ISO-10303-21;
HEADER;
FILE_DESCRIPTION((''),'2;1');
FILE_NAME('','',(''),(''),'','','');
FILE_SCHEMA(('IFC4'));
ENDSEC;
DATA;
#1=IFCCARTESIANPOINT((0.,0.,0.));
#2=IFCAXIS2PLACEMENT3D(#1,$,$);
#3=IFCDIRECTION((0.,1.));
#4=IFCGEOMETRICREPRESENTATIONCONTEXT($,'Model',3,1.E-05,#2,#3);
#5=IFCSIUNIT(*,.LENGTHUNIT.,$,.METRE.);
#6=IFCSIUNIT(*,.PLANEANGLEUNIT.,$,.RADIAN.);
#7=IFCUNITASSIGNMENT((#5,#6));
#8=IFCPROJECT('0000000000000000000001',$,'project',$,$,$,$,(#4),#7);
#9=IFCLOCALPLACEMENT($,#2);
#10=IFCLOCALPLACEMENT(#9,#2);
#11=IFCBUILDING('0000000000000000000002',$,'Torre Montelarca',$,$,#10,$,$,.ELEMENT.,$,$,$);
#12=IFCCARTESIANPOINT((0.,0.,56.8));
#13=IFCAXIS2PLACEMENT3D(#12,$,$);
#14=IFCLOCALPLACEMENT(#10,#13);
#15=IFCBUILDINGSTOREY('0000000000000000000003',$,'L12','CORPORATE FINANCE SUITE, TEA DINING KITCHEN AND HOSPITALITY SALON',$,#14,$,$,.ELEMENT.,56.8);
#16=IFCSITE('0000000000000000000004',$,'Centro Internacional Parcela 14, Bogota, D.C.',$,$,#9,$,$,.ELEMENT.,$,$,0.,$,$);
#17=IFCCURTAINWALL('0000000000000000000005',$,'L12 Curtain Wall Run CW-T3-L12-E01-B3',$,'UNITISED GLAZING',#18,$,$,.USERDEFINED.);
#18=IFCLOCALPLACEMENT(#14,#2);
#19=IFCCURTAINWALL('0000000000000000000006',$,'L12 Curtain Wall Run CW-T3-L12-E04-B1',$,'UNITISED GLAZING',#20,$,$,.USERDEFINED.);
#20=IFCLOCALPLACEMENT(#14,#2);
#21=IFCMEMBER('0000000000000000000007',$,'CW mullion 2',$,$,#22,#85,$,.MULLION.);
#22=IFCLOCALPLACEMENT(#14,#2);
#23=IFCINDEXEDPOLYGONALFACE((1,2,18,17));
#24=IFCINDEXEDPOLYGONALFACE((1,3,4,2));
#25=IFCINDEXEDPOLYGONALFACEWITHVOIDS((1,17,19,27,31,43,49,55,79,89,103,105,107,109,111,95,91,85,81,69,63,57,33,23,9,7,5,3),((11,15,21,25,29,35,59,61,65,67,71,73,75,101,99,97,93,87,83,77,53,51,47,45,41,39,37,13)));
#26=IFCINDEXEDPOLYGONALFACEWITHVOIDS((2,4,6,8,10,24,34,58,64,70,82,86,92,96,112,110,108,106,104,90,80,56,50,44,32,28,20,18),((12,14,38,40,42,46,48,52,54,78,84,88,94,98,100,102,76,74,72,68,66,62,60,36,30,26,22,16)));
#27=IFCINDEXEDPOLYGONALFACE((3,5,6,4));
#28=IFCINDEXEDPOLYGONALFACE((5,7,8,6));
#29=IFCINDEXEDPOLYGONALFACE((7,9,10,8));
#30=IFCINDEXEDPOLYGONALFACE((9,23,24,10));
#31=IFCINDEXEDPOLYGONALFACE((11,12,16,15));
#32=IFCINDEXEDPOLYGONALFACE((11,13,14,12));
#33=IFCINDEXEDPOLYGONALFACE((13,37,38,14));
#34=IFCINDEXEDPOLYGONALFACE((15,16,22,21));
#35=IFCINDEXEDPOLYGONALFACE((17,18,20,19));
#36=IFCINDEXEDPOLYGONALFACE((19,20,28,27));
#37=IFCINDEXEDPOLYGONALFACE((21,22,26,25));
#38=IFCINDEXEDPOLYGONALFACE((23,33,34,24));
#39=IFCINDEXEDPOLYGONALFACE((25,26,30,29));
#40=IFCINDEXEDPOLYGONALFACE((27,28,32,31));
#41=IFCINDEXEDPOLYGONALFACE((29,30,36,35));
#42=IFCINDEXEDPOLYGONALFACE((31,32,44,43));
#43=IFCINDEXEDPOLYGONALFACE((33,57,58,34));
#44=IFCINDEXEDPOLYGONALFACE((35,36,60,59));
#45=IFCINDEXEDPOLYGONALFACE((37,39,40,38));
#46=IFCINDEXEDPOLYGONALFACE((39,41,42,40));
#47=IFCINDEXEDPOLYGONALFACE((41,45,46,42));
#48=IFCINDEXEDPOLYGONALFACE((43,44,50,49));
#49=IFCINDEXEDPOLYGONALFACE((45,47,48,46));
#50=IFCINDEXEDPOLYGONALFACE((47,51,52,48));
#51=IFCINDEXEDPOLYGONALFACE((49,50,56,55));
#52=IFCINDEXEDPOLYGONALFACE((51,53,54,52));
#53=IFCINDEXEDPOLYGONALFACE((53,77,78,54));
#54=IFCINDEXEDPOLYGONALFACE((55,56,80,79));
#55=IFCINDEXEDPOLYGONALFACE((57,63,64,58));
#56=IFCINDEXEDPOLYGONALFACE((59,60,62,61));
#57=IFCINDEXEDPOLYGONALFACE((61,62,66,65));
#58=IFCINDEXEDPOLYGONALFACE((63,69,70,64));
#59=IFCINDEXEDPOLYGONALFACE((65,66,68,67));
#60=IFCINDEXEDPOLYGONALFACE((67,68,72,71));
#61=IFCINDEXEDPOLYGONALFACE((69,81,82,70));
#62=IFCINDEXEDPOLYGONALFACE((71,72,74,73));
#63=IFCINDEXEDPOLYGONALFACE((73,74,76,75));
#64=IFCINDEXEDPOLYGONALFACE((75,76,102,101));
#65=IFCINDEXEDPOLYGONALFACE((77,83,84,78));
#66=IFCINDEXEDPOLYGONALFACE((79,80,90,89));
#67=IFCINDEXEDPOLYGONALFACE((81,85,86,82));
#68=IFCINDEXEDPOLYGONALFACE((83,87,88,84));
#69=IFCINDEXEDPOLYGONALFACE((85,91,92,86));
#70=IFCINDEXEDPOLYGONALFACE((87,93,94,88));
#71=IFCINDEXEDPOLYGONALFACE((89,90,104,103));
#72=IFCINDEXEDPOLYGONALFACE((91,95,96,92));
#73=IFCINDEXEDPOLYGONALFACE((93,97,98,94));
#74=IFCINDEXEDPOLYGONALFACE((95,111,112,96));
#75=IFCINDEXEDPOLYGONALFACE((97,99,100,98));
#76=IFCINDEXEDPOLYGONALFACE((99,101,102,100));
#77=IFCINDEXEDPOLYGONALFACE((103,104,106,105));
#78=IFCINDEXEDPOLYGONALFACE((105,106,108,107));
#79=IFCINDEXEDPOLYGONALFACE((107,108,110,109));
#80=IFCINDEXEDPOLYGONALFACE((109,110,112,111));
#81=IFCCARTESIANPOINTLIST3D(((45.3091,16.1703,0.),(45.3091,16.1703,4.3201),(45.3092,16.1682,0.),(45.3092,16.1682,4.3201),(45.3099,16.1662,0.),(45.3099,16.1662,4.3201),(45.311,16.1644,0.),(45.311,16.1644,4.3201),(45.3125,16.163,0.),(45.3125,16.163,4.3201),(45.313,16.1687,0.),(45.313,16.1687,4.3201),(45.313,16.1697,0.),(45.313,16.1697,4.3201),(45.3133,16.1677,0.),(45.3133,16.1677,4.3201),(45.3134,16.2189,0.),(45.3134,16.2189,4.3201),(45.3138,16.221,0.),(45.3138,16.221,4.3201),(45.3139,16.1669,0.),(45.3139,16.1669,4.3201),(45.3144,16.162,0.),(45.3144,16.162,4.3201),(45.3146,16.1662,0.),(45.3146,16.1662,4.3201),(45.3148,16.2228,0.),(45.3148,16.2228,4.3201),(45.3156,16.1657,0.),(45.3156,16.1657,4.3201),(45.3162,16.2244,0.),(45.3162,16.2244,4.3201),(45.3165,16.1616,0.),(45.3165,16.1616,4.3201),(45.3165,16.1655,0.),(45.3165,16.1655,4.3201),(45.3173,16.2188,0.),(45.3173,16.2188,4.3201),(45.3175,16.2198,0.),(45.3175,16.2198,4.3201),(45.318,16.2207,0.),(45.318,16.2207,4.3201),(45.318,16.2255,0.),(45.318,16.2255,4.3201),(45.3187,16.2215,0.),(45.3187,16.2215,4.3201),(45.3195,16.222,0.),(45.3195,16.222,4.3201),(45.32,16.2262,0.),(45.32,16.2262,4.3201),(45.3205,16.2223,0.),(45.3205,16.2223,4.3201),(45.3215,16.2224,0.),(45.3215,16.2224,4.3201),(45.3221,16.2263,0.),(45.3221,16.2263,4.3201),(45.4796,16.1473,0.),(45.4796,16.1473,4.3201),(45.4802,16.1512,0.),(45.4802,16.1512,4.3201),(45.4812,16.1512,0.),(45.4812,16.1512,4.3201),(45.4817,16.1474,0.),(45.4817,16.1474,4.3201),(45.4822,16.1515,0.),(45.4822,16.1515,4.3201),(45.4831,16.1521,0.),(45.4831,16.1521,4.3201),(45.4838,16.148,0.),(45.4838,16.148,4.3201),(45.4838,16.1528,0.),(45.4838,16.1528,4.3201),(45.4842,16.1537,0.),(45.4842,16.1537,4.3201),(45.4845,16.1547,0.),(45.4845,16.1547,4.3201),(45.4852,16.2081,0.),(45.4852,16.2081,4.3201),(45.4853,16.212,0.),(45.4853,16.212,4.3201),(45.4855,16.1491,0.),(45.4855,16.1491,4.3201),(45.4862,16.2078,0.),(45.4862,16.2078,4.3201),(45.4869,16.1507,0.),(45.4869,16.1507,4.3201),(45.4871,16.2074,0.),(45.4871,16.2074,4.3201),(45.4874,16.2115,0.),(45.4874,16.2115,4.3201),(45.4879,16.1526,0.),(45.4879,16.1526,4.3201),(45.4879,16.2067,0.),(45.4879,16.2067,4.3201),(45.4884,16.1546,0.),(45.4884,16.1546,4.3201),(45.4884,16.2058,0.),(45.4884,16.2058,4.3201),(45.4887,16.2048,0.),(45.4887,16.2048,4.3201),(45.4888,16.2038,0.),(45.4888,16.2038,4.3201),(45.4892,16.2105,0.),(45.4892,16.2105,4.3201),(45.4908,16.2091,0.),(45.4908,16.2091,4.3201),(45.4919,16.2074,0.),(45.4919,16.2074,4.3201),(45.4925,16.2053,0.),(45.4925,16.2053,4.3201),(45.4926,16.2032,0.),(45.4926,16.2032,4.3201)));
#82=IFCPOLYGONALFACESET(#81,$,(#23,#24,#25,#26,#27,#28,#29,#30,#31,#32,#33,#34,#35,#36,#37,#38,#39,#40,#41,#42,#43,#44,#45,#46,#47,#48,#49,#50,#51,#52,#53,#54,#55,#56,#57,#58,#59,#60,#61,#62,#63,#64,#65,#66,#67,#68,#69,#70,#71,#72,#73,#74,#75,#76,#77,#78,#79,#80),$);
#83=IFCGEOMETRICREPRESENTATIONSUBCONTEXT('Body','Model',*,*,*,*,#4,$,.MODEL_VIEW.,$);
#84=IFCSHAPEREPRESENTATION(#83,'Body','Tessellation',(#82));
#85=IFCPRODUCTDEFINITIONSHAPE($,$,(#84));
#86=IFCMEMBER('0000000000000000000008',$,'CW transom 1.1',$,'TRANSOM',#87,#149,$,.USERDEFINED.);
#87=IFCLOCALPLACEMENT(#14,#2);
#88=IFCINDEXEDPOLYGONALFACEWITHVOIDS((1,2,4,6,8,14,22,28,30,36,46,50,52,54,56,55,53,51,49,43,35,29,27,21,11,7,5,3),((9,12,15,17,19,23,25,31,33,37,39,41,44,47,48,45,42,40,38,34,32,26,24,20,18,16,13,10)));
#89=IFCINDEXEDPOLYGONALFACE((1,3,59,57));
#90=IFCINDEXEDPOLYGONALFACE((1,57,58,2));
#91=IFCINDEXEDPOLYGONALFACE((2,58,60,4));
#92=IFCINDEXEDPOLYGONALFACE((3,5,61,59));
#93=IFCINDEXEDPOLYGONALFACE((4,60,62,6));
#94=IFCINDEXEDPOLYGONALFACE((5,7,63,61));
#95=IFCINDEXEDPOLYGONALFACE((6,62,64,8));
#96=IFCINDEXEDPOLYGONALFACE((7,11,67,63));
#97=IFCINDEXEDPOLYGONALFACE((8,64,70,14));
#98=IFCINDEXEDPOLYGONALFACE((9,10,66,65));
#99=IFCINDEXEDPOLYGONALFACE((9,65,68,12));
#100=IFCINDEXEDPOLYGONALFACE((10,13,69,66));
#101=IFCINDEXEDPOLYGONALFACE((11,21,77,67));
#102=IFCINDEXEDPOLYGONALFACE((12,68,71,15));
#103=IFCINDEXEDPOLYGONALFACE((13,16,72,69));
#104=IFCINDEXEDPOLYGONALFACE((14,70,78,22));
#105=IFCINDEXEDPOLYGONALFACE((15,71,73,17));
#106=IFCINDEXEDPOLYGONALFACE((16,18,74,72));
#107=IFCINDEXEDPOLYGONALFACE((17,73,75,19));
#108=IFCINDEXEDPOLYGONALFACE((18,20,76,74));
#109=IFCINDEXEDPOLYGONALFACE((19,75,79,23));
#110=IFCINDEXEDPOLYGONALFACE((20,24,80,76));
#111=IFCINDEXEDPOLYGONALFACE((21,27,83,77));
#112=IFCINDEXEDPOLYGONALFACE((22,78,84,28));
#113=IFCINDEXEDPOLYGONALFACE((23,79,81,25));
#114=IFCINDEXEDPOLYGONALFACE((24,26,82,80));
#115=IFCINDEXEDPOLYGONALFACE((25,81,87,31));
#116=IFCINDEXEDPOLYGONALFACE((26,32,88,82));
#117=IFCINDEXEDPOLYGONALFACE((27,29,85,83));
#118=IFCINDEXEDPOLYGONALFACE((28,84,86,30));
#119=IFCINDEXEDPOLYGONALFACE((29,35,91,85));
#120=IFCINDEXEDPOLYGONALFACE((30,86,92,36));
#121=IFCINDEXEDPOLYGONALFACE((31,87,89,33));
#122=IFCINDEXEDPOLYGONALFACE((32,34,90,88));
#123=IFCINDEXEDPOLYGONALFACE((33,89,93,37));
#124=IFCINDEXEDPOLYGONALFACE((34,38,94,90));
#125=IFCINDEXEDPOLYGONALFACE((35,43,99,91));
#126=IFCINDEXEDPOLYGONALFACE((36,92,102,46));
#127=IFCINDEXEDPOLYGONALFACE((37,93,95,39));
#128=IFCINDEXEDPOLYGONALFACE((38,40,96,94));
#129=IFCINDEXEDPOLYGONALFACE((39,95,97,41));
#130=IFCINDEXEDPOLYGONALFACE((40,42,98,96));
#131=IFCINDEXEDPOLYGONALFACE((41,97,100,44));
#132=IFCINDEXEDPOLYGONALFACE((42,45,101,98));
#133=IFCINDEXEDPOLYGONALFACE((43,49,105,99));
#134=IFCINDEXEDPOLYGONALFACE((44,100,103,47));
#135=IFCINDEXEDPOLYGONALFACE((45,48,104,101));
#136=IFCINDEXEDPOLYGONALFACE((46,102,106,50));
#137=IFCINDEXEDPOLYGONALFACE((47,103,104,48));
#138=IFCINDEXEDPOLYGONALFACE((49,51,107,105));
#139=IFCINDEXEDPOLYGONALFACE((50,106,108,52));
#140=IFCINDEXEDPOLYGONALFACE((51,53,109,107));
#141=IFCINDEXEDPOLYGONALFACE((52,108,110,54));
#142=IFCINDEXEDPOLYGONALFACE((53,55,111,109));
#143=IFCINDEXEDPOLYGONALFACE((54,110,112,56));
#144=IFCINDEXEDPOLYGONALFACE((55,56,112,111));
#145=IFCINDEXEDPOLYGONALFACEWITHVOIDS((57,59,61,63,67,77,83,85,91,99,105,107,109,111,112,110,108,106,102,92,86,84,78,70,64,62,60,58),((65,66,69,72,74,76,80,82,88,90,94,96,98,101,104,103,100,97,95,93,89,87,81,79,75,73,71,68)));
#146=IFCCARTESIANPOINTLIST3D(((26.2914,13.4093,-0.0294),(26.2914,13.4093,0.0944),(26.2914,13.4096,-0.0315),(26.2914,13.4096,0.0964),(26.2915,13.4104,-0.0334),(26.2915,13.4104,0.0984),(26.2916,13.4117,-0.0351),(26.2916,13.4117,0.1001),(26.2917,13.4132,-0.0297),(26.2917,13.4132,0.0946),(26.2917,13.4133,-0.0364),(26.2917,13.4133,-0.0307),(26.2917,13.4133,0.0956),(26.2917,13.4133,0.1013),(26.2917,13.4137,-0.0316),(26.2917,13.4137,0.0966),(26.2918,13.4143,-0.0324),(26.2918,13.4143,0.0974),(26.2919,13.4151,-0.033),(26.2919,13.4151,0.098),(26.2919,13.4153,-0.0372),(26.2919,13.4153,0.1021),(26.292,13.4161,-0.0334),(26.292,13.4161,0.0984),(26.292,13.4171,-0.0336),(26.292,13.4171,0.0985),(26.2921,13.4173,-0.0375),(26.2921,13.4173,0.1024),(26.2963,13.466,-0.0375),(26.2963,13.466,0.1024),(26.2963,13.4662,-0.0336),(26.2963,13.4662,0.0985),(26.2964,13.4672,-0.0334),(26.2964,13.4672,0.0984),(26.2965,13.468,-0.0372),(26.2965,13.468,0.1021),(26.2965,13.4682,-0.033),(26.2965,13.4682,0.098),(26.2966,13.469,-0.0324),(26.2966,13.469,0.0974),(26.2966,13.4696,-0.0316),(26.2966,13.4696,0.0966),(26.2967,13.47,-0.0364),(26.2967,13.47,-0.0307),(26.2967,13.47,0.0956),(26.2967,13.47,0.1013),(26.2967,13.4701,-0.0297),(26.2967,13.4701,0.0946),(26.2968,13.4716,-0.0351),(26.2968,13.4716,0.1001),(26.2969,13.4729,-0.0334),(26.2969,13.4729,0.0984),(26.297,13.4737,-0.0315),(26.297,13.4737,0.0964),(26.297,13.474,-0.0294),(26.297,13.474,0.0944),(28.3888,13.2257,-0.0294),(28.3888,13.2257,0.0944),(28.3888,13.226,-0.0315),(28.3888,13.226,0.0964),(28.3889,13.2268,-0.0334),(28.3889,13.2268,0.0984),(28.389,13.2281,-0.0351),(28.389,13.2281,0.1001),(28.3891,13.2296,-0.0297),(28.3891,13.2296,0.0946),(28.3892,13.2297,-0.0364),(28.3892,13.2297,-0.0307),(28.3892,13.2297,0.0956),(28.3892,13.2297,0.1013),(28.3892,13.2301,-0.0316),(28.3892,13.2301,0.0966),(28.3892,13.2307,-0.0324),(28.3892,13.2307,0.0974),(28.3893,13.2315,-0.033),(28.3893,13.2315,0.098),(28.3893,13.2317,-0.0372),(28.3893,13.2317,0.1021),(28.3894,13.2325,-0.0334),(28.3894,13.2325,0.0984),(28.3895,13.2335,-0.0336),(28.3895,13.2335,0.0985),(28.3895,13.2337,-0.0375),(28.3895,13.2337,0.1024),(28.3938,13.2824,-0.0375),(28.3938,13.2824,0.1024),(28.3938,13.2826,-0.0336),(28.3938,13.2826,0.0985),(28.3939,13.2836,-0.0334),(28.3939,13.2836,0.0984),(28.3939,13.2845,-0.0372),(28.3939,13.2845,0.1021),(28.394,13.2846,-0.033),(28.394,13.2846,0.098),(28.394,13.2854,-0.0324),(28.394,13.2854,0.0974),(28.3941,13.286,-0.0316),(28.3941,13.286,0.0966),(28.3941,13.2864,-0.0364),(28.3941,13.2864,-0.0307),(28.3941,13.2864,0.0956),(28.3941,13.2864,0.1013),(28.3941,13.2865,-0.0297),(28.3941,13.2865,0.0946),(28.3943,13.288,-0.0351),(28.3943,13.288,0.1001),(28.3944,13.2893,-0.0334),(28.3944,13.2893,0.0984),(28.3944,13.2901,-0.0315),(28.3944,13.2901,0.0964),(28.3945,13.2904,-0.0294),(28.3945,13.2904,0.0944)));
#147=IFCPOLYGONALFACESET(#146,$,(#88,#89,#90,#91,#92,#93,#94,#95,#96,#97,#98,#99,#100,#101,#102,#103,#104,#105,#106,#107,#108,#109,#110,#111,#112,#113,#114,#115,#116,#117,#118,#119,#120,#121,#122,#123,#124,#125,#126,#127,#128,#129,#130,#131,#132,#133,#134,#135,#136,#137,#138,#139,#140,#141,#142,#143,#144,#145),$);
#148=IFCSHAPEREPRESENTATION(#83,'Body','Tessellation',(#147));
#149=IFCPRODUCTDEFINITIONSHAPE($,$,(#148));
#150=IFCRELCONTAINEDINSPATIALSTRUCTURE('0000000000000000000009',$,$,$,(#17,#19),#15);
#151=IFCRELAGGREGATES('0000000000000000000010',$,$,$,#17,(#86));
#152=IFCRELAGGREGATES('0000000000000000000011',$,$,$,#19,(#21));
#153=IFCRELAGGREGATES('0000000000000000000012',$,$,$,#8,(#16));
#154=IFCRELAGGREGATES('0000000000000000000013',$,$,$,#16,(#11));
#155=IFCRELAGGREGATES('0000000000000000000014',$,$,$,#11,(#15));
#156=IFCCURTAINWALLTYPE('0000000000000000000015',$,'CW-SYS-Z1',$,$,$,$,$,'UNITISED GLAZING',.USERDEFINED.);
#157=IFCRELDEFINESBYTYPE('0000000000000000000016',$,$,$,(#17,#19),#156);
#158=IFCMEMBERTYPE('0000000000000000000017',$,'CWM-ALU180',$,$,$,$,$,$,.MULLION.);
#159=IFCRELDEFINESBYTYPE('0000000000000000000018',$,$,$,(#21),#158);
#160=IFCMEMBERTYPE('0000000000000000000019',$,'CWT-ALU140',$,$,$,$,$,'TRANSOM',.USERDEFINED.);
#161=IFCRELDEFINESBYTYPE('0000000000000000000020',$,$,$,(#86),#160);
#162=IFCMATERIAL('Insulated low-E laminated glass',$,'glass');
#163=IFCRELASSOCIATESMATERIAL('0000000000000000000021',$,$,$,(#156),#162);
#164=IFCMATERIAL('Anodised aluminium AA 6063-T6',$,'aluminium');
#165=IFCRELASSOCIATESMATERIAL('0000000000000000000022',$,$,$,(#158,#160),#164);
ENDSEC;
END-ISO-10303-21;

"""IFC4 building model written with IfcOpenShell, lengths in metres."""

from ifc_helpers import new_model, si_unit, direction, frame, origin, origin_2d, place, context, subcontext, project, spatial, hollow_rectangle, extrude, source, transform, mapped, material, material_profile, profile_set, type_object, element, aggregate, save


model = new_model("IFC4")

# Units and contexts
model_context = context("Model", 3, precision=1e-05, world=origin(), true_north=direction((0.0, 1.0)))
body_context = subcontext(model_context, "Body", "Model", "MODEL_VIEW")
ifc_project = project(units=[si_unit("LENGTHUNIT", "METRE"), si_unit("PLANEANGLEUNIT", "RADIAN")], contexts=[model_context])

# Site, building, storey
site_placement = place(None, origin())
site = spatial("IfcSite", under=ifc_project, at=site_placement, Name="Centro Internacional Parcela 14, Bogota, D.C.", CompositionType="ELEMENT", RefElevation=0.0)
building_placement = place(site_placement, origin())
building = spatial("IfcBuilding", under=site, at=building_placement, Name="Torre Montelarca", CompositionType="ELEMENT")
storey_placement = place(building_placement, frame((0.0, 0.0, 56.8)))
storey = spatial("IfcBuildingStorey", under=building, at=storey_placement, Name="L12", Description="CORPORATE FINANCE SUITE, TEA DINING KITCHEN AND HOSPITALITY SALON", CompositionType="ELEMENT", Elevation=56.8)

# Shared definitions
ifc_material_1 = material(Name="Insulated low-E laminated glass", Category="glass")
curtain_wall_type = type_object("IfcCurtainWallType", Name="CW-SYS-Z1", ElementType="UNITISED GLAZING", PredefinedType="USERDEFINED", material=ifc_material_1)
ifc_material_2 = material(Name="Anodised aluminium AA 6063-T6", Category="aluminium")
ifc_material_profile_1 = material_profile(ifc_material_2, hollow_rectangle(XDim=0.0649, YDim=0.1799, WallThickness=0.0039, InnerFilletRadius=0.0039, OuterFilletRadius=0.0081, at=origin_2d()), Name="ALU65X180X4", Category="aluminium")
ifc_profile_set_1 = profile_set([ifc_material_profile_1], Name="Anodised aluminium AA 6063-T6")
member_type_1 = type_object("IfcMemberType", Name="CWM-ALU180", PredefinedType="MULLION", material=ifc_profile_set_1)
shared_shape_1 = source(origin(), body_context, "Body", "SweptSolid", [
    extrude(hollow_rectangle(XDim=0.0649, YDim=0.1799, WallThickness=0.0039, InnerFilletRadius=0.0039, OuterFilletRadius=0.0081, at=origin_2d()), origin(), (0.0, 0.0, 1.0), 4.3201),
])

# Curtain walls, member
curtain_wall_1_placement = place(storey_placement, origin())
curtain_wall_1 = element("IfcCurtainWall", 1, at=curtain_wall_1_placement, inside=storey, type_object=curtain_wall_type, Name="L12 Curtain Wall Run CW-T3-L12-E01-B3", ObjectType="UNITISED GLAZING", PredefinedType="USERDEFINED")
curtain_wall_2_placement = place(storey_placement, origin())
curtain_wall_2 = element("IfcCurtainWall", 2, at=curtain_wall_2_placement, inside=storey, type_object=curtain_wall_type, Name="L12 Curtain Wall Run CW-T3-L12-E04-B1", ObjectType="UNITISED GLAZING", PredefinedType="USERDEFINED")
member_1_placement = place(storey_placement, frame((45.4009, 16.1868, 0.0), z_axis=(0.0, 0.0, 1.0), x_axis=(0.087162, 0.996194, 0.0)))
member_1 = element("IfcMember", 3, at=member_1_placement, type_object=member_type_1, Name="CW mullion 2", PredefinedType="MULLION", context=body_context, shape_type="MappedRepresentation", body=[
    mapped(shared_shape_1, transform((0.0, 0.0, 0.0), scale=1.0)),
])

# Member
ifc_material_profile_2 = material_profile(ifc_material_2, hollow_rectangle(XDim=0.0649, YDim=0.1399, WallThickness=0.0039, InnerFilletRadius=0.0039, OuterFilletRadius=0.0081, at=origin_2d()), Name="ALU65X140X4", Category="aluminium")
ifc_profile_set_2 = profile_set([ifc_material_profile_2], Name="Anodised aluminium AA 6063-T6")
member_type_2 = type_object("IfcMemberType", Name="CWT-ALU140", ElementType="TRANSOM", PredefinedType="USERDEFINED", material=ifc_profile_set_2)
shared_shape_2 = source(origin(), body_context, "Body", "SweptSolid", [
    extrude(hollow_rectangle(XDim=0.0649, YDim=0.1399, WallThickness=0.0039, InnerFilletRadius=0.0039, OuterFilletRadius=0.0081, at=origin_2d()), origin(), (0.0, 0.0, 1.0), 2.1055),
])
member_2_placement = place(storey_placement, frame((26.2942, 13.4417, 0.0325), z_axis=(0.996191, -0.0872, 0.0), x_axis=(0.0872, 0.996191, 0.0)))
member_2 = element("IfcMember", 4, at=member_2_placement, type_object=member_type_2, Name="CW transom 1.1", ObjectType="TRANSOM", PredefinedType="USERDEFINED", context=body_context, shape_type="MappedRepresentation", body=[
    mapped(shared_shape_2, transform((0.0, 0.0, 0.0), scale=1.0)),
])

aggregate(curtain_wall_1, [member_2])
aggregate(curtain_wall_2, [member_1])

save(model, "model.ifc")
